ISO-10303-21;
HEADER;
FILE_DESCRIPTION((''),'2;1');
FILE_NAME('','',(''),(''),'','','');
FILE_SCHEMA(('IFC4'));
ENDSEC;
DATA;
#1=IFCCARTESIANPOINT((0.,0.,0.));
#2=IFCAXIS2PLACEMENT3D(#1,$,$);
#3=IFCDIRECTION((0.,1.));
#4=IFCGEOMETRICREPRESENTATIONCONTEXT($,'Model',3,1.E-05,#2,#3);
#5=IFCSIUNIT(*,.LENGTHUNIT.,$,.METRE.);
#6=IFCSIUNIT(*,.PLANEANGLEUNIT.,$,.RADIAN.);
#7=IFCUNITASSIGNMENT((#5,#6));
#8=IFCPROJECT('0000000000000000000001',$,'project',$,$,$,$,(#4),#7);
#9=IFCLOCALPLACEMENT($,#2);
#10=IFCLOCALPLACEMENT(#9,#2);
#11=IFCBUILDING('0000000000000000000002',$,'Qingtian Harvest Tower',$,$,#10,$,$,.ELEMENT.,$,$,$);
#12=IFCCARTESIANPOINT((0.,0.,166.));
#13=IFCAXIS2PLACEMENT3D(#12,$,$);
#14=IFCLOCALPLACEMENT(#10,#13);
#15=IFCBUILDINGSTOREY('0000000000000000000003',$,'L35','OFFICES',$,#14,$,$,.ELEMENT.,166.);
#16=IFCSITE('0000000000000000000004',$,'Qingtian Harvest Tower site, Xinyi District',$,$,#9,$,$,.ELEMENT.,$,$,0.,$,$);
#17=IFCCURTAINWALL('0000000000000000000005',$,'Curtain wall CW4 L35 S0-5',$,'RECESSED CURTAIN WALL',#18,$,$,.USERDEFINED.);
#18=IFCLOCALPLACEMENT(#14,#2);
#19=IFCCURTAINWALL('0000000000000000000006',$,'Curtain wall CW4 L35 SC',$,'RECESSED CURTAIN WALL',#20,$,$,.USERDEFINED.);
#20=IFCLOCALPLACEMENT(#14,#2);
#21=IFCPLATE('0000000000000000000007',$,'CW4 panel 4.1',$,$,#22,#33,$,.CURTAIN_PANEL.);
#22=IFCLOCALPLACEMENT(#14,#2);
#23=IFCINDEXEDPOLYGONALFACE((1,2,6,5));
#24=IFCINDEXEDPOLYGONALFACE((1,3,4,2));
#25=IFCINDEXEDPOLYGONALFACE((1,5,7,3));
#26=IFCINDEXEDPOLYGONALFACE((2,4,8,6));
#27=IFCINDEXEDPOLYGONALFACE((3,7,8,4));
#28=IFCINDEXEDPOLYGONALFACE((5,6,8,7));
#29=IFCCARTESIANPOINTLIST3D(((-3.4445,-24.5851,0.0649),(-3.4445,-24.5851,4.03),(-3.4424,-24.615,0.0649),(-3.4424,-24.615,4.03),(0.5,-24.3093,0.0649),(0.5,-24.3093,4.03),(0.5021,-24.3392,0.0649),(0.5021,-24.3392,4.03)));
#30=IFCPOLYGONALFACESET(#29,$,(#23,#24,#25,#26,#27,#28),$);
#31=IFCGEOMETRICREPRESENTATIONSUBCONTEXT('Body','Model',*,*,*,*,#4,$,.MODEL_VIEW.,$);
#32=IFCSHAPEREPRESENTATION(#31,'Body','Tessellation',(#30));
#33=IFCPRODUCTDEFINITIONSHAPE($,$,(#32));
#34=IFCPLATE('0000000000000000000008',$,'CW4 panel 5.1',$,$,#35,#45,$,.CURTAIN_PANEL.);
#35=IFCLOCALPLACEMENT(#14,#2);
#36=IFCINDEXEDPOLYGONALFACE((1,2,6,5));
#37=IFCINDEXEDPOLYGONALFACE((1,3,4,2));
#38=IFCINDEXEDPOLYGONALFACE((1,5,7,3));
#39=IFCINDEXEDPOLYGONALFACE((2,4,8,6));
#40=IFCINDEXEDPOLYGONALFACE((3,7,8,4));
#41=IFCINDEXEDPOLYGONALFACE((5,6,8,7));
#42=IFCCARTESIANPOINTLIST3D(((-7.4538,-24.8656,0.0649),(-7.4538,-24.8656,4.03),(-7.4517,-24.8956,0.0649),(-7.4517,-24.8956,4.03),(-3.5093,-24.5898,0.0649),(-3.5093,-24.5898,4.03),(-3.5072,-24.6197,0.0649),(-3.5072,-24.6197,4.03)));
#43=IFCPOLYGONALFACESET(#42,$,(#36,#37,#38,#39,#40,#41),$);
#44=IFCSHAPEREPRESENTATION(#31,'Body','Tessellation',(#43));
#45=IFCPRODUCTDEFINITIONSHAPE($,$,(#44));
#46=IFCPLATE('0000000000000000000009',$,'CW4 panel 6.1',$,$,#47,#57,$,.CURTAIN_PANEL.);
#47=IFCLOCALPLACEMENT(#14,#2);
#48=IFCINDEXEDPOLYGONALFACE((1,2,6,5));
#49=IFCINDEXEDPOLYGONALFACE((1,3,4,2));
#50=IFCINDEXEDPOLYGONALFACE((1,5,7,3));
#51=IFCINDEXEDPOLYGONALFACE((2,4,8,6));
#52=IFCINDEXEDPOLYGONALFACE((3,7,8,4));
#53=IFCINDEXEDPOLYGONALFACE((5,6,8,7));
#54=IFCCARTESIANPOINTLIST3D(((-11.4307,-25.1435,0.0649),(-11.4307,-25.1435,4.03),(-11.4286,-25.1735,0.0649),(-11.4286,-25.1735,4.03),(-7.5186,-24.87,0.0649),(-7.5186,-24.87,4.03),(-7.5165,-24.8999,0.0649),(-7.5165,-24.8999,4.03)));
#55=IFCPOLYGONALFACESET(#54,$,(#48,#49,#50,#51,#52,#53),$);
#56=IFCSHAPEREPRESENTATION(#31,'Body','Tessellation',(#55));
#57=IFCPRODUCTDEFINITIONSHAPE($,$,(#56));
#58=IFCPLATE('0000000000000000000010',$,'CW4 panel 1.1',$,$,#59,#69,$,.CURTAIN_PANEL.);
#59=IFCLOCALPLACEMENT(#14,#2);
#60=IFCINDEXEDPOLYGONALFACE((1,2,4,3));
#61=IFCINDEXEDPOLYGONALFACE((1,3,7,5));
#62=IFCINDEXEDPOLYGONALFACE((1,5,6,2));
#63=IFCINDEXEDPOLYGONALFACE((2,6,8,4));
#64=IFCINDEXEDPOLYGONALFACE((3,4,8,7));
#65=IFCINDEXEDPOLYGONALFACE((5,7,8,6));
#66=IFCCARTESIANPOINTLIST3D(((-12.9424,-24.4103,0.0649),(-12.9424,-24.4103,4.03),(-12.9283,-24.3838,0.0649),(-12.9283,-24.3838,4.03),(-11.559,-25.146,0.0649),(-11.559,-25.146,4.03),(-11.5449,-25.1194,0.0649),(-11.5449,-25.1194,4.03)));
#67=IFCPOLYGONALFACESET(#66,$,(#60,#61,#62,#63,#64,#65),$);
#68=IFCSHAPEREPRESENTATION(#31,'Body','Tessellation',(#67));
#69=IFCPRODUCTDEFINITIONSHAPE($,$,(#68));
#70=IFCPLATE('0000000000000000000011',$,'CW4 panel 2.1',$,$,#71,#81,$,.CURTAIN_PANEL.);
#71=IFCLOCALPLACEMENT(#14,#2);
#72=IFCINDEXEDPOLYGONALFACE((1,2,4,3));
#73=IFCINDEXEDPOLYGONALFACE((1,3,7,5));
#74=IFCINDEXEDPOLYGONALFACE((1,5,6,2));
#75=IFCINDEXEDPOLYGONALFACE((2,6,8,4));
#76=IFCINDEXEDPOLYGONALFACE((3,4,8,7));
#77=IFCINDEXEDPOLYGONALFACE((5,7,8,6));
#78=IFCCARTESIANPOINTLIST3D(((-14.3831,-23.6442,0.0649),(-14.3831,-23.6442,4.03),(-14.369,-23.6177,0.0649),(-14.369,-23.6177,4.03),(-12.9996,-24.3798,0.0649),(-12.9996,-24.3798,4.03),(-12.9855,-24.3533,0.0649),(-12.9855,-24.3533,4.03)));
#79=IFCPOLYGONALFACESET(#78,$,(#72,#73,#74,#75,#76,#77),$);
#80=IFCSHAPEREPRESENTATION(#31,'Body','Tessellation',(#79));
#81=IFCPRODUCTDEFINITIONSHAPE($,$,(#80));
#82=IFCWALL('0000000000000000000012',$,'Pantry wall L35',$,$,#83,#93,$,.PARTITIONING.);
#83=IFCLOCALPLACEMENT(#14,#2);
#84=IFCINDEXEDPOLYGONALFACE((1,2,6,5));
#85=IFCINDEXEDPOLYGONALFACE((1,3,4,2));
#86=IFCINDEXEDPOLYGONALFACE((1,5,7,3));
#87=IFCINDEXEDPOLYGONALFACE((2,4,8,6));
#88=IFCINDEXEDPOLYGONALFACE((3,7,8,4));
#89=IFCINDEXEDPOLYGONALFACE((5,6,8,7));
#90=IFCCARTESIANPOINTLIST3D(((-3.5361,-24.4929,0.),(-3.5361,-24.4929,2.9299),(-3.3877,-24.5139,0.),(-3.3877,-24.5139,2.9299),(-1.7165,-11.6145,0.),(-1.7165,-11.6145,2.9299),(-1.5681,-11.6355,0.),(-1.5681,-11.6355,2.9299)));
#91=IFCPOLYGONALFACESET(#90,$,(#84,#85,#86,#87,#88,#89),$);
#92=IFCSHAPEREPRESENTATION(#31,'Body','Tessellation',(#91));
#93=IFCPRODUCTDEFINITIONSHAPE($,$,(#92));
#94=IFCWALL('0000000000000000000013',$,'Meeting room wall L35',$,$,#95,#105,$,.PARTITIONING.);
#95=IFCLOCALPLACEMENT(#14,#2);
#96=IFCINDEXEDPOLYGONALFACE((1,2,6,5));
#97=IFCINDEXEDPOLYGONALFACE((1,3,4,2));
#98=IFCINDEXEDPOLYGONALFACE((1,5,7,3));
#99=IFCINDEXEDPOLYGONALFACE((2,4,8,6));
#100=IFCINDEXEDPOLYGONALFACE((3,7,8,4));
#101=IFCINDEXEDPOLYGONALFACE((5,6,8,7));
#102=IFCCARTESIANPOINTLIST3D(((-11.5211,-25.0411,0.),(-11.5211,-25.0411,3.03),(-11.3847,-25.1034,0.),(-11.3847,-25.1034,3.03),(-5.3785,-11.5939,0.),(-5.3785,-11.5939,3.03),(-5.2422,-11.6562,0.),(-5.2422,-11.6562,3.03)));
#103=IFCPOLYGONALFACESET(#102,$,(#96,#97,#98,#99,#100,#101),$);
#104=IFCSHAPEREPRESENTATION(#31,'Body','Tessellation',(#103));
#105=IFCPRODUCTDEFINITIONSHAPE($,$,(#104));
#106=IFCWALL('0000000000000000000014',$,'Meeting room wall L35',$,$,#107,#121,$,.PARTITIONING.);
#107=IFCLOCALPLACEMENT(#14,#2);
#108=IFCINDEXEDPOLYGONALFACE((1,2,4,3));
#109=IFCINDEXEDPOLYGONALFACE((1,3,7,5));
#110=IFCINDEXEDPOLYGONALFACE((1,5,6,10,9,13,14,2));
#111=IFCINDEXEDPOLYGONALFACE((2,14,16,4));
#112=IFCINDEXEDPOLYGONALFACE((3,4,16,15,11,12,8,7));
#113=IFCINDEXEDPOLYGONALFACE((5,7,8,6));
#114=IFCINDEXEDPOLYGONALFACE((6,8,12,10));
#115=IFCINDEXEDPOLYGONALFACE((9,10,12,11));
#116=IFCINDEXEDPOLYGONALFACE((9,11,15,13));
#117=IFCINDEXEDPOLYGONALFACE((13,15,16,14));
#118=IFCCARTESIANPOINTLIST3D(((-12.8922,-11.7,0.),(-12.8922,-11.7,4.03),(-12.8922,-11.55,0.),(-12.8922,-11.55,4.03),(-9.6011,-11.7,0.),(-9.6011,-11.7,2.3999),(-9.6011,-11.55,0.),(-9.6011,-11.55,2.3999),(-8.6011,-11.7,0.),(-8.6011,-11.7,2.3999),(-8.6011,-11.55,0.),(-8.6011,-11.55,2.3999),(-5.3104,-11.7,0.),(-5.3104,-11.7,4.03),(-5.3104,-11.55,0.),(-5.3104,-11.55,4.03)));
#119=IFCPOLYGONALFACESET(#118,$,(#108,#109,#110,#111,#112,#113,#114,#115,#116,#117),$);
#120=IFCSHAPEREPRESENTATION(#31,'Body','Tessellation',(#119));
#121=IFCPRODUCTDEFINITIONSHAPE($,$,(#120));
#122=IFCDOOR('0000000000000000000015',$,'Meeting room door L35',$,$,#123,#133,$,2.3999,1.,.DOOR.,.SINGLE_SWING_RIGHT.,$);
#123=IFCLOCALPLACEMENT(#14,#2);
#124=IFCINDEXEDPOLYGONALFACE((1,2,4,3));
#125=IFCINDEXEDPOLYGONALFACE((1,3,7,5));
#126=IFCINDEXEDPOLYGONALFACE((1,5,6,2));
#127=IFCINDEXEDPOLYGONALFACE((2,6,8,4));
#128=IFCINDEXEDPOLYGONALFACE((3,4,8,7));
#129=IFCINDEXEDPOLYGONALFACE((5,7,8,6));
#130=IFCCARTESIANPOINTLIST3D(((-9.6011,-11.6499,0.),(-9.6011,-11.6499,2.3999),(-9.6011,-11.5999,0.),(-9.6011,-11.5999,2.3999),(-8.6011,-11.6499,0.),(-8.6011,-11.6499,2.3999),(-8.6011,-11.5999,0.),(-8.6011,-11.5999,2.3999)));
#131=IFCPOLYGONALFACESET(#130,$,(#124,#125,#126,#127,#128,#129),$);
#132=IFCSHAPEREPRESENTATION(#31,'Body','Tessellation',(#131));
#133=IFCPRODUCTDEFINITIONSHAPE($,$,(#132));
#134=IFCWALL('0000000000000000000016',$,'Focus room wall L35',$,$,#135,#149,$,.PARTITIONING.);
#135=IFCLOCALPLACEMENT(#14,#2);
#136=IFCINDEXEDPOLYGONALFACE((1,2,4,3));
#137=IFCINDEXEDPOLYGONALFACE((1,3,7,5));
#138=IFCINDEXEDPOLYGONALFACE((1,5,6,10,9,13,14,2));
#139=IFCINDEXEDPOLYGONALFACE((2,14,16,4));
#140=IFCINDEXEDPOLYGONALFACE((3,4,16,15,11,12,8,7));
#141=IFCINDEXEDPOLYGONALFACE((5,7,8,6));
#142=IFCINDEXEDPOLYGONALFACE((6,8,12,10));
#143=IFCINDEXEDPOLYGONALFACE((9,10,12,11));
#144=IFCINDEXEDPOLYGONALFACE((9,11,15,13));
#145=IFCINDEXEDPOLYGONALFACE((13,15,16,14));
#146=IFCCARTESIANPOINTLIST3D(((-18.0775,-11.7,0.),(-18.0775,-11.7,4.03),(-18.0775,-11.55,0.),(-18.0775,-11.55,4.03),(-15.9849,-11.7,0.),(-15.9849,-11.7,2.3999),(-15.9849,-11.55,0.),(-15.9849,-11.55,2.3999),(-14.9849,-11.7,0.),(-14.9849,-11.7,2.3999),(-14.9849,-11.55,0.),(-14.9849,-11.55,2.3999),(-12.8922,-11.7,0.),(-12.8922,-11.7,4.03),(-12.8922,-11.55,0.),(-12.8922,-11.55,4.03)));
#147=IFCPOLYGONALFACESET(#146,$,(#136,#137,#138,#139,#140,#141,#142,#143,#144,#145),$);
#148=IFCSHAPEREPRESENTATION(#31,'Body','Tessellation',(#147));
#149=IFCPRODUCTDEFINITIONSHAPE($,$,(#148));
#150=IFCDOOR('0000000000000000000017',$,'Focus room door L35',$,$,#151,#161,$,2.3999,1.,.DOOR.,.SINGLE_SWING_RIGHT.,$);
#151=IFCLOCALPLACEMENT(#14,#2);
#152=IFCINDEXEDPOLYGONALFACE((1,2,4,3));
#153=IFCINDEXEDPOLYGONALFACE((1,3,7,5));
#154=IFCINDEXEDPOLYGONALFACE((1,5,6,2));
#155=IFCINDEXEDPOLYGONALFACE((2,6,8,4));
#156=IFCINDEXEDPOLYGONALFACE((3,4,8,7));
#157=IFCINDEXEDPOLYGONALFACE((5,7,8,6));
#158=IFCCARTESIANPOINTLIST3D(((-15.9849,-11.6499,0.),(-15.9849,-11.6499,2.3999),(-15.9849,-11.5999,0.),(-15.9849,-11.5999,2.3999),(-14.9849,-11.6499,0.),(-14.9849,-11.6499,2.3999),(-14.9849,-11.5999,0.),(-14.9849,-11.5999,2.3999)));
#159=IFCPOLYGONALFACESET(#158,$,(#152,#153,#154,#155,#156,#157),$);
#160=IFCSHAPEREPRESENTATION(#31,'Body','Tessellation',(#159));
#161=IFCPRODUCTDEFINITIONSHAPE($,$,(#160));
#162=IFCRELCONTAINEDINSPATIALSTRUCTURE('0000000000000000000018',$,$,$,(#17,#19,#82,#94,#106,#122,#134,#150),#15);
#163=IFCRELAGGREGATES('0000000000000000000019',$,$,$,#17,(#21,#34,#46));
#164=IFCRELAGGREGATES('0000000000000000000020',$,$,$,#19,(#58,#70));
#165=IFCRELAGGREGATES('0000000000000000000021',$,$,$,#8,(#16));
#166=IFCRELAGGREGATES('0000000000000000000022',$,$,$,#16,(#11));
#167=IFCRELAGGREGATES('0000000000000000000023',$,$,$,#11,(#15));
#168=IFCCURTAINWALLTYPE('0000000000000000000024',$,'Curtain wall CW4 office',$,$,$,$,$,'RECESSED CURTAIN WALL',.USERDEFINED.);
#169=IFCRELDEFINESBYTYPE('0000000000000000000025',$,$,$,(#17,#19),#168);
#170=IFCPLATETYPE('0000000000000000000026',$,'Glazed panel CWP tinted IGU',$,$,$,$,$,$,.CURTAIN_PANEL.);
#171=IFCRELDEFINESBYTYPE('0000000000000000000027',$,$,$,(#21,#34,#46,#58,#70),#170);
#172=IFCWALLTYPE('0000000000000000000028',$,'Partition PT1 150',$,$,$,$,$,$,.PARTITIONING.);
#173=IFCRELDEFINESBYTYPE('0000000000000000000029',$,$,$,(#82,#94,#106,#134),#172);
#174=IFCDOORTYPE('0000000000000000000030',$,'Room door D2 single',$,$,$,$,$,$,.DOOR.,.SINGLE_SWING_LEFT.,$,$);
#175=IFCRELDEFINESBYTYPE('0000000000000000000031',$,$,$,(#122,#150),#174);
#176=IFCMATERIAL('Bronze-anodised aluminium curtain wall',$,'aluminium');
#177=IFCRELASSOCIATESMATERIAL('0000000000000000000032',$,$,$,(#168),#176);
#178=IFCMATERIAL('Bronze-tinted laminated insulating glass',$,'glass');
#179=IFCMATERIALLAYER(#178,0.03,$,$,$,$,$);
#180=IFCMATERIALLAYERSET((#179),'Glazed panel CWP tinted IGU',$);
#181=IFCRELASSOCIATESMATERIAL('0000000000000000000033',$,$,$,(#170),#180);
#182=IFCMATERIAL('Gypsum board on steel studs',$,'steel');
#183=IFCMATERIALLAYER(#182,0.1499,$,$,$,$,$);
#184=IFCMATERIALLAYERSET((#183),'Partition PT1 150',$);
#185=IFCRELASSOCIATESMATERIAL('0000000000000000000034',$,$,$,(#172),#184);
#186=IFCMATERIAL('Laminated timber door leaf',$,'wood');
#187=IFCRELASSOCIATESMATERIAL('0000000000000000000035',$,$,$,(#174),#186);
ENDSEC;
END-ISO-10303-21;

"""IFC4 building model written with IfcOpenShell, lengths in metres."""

from ifc_helpers import new_model, si_unit, direction, frame, frame_2d, origin, origin_2d, place, context, subcontext, project, spatial, rectangle, extrude, material, layer, layer_set, type_object, element, fill, aggregate, save


model = new_model("IFC4")

# Units and contexts
model_context = context("Model", 3, precision=1e-05, world=origin(), true_north=direction((0.0, 1.0)))
body_context = subcontext(model_context, "Body", "Model", "MODEL_VIEW")
ifc_project = project(units=[si_unit("LENGTHUNIT", "METRE"), si_unit("PLANEANGLEUNIT", "RADIAN")], contexts=[model_context])

# Site, building, storey
site_placement = place(None, origin())
site = spatial("IfcSite", under=ifc_project, at=site_placement, Name="Qingtian Harvest Tower site, Xinyi District", CompositionType="ELEMENT", RefElevation=0.0)
building_placement = place(site_placement, origin())
building = spatial("IfcBuilding", under=site, at=building_placement, Name="Qingtian Harvest Tower", CompositionType="ELEMENT")
storey_placement = place(building_placement, frame((0.0, 0.0, 166.0)))
storey = spatial("IfcBuildingStorey", under=building, at=storey_placement, Name="L35", Description="OFFICES", CompositionType="ELEMENT", Elevation=166.0)

# Curtain walls
ifc_material_1 = material(Name="Bronze-anodised aluminium curtain wall", Category="aluminium")
curtain_wall_type = type_object("IfcCurtainWallType", Name="Curtain wall CW4 office", ElementType="RECESSED CURTAIN WALL", PredefinedType="USERDEFINED", material=ifc_material_1)
curtain_wall_1_placement = place(storey_placement, origin())
curtain_wall_1 = element("IfcCurtainWall", 1, at=curtain_wall_1_placement, inside=storey, type_object=curtain_wall_type, Name="Curtain wall CW4 L35 S0-5", ObjectType="RECESSED CURTAIN WALL", PredefinedType="USERDEFINED")
curtain_wall_2_placement = place(storey_placement, origin())
curtain_wall_2 = element("IfcCurtainWall", 2, at=curtain_wall_2_placement, inside=storey, type_object=curtain_wall_type, Name="Curtain wall CW4 L35 SC", ObjectType="RECESSED CURTAIN WALL", PredefinedType="USERDEFINED")

# Plates
ifc_material_2 = material(Name="Bronze-tinted laminated insulating glass", Category="glass")
ifc_layer_1 = layer(ifc_material_2, 0.03)
ifc_layer_set_1 = layer_set([ifc_layer_1], Name="Glazed panel CWP tinted IGU")
plate_type = type_object("IfcPlateType", Name="Glazed panel CWP tinted IGU", PredefinedType="CURTAIN_PANEL", material=ifc_layer_set_1)
plate_1_placement = place(storey_placement, frame((-1.4712, -24.4622, 0.0649), z_axis=(0.0, 0.0, 1.0), x_axis=(-0.997564, -0.069756, 0.0)))
plate_1 = element("IfcPlate", 3, at=plate_1_placement, type_object=plate_type, Name="CW4 panel 4.1", PredefinedType="CURTAIN_PANEL", context=body_context, shape_type="SweptSolid", body=[
    extrude(rectangle(XDim=3.9541, YDim=0.03, at=origin_2d()), origin(), (0.0, 0.0, 1.0), 3.9651),
])
plate_2_placement = place(storey_placement, frame((-5.4805, -24.7427, 0.0649), z_axis=(0.0, 0.0, 1.0), x_axis=(-0.997564, -0.069756, 0.0)))
plate_2 = element("IfcPlate", 4, at=plate_2_placement, type_object=plate_type, Name="CW4 panel 5.1", PredefinedType="CURTAIN_PANEL", context=body_context, shape_type="SweptSolid", body=[
    extrude(rectangle(XDim=3.9541, YDim=0.03, at=origin_2d()), origin(), (0.0, 0.0, 1.0), 3.9651),
])
plate_3_placement = place(storey_placement, frame((-9.4736, -25.0217, 0.0649), z_axis=(0.0, 0.0, 1.0), x_axis=(-0.997564, -0.069756, 0.0)))
plate_3 = element("IfcPlate", 5, at=plate_3_placement, type_object=plate_type, Name="CW4 panel 6.1", PredefinedType="CURTAIN_PANEL", context=body_context, shape_type="SweptSolid", body=[
    extrude(rectangle(XDim=3.9216, YDim=0.03, at=origin_2d()), origin(), (0.0, 0.0, 1.0), 3.9651),
])
aggregate(curtain_wall_1, [plate_1, plate_2, plate_3])
plate_4_placement = place(storey_placement, frame((-12.2437, -24.7649, 0.0649), z_axis=(0.0, 0.0, 1.0), x_axis=(-0.882948, 0.469472, 0.0)))
plate_4 = element("IfcPlate", 6, at=plate_4_placement, type_object=plate_type, Name="CW4 panel 1.1", PredefinedType="CURTAIN_PANEL", context=body_context, shape_type="SweptSolid", body=[
    extrude(rectangle(XDim=1.5669, YDim=0.03, at=origin_2d()), origin(), (0.0, 0.0, 1.0), 3.9651),
])
plate_5_placement = place(storey_placement, frame((-13.6843, -23.9988, 0.0649), z_axis=(0.0, 0.0, 1.0), x_axis=(-0.882948, 0.469472, 0.0)))
plate_5 = element("IfcPlate", 7, at=plate_5_placement, type_object=plate_type, Name="CW4 panel 2.1", PredefinedType="CURTAIN_PANEL", context=body_context, shape_type="SweptSolid", body=[
    extrude(rectangle(XDim=1.5669, YDim=0.03, at=origin_2d()), origin(), (0.0, 0.0, 1.0), 3.9651),
])
aggregate(curtain_wall_2, [plate_4, plate_5])

# Walls
ifc_material_3 = material(Name="Gypsum board on steel studs", Category="steel")
ifc_layer_2 = layer(ifc_material_3, 0.1499)
ifc_layer_set_2 = layer_set([ifc_layer_2], Name="Partition PT1 150")
wall_type = type_object("IfcWallType", Name="Partition PT1 150", PredefinedType="PARTITIONING", material=ifc_layer_set_2)
wall_1_placement = place(storey_placement, frame((-3.4619, -24.5034, 0.0), z_axis=(0.0, 0.0, 1.0), x_axis=(0.1399, 0.990166, 0.0)))
element("IfcWall", 8, at=wall_1_placement, inside=storey, type_object=wall_type, Name="Pantry wall L35", PredefinedType="PARTITIONING", context=body_context, shape_type="SweptSolid", body=[
    extrude(rectangle(XDim=13.0063, YDim=0.1499, at=frame_2d((6.5032, 0.0))), origin(), (0.0, 0.0, 1.0), 2.9299),
])
wall_2_placement = place(storey_placement, frame((-11.4529, -25.0723, 0.0), z_axis=(0.0, 0.0, 1.0), x_axis=(0.415494, 0.909596, 0.0)))
element("IfcWall", 9, at=wall_2_placement, inside=storey, type_object=wall_type, Name="Meeting room wall L35", PredefinedType="PARTITIONING", context=body_context, shape_type="SweptSolid", body=[
    extrude(rectangle(XDim=14.7837, YDim=0.1499, at=frame_2d((7.3918, 0.0))), origin(), (0.0, 0.0, 1.0), 3.03),
])

# Walls, openings, doors
wall_3_placement = place(storey_placement, frame((-5.3103, -11.625, 0.0), z_axis=(0.0, 0.0, 1.0), x_axis=(-1.0, 0.0, 0.0)))
wall_3 = element("IfcWall", 10, at=wall_3_placement, inside=storey, type_object=wall_type, Name="Meeting room wall L35", PredefinedType="PARTITIONING", context=body_context, shape_type="SweptSolid", body=[
    extrude(rectangle(XDim=7.5818, YDim=0.1499, at=frame_2d((3.791, 0.0))), origin(), (0.0, 0.0, 1.0), 4.03),
])
opening_1_placement = place(wall_3_placement, frame((3.2908, 0.0, 0.0)))
opening_1 = element("IfcOpeningElement", 11, at=opening_1_placement, cuts=wall_3, PredefinedType="OPENING", context=body_context, shape_type="SweptSolid", body=[
    extrude(rectangle(XDim=1.0, YDim=2.3999, at=frame_2d((0.5, 1.2))), frame((0.0, 0.085, 0.0), z_axis=(0.0, -1.0, 0.0), x_axis=(1.0, 0.0, 0.0)), (0.0, 0.0, 1.0), 0.1699),
])
ifc_material_4 = material(Name="Laminated timber door leaf", Category="wood")
door_type = type_object("IfcDoorType", Name="Room door D2 single", OperationType="SINGLE_SWING_LEFT", PredefinedType="DOOR", material=ifc_material_4)
door_1_placement = place(opening_1_placement, origin())
door_1 = element("IfcDoor", 12, at=door_1_placement, inside=storey, type_object=door_type, Name="Meeting room door L35", OperationType="SINGLE_SWING_RIGHT", OverallHeight=2.3999, OverallWidth=1.0, PredefinedType="DOOR", context=body_context, shape_type="SweptSolid", body=[
    extrude(rectangle(XDim=1.0, YDim=2.3999, at=frame_2d((0.5, 1.2))), frame((0.0, 0.0249, 0.0), z_axis=(0.0, -1.0, 0.0), x_axis=(1.0, 0.0, 0.0)), (0.0, 0.0, 1.0), 0.05),
])
fill(opening_1, door_1)
wall_4_placement = place(storey_placement, frame((-12.8921, -11.625, 0.0), z_axis=(0.0, 0.0, 1.0), x_axis=(-1.0, 0.0, 0.0)))
wall_4 = element("IfcWall", 13, at=wall_4_placement, inside=storey, type_object=wall_type, Name="Focus room wall L35", PredefinedType="PARTITIONING", context=body_context, shape_type="SweptSolid", body=[
    extrude(rectangle(XDim=5.1853, YDim=0.1499, at=frame_2d((2.5928, 0.0))), origin(), (0.0, 0.0, 1.0), 4.03),
])
opening_2_placement = place(wall_4_placement, frame((2.0928, 0.0, 0.0)))
opening_2 = element("IfcOpeningElement", 14, at=opening_2_placement, cuts=wall_4, PredefinedType="OPENING", context=body_context, shape_type="SweptSolid", body=[
    extrude(rectangle(XDim=1.0, YDim=2.3999, at=frame_2d((0.5, 1.2))), frame((0.0, 0.085, 0.0), z_axis=(0.0, -1.0, 0.0), x_axis=(1.0, 0.0, 0.0)), (0.0, 0.0, 1.0), 0.1699),
])
door_2_placement = place(opening_2_placement, origin())
door_2 = element("IfcDoor", 15, at=door_2_placement, inside=storey, type_object=door_type, Name="Focus room door L35", OperationType="SINGLE_SWING_RIGHT", OverallHeight=2.3999, OverallWidth=1.0, PredefinedType="DOOR", context=body_context, shape_type="SweptSolid", body=[
    extrude(rectangle(XDim=1.0, YDim=2.3999, at=frame_2d((0.5, 1.2))), frame((0.0, 0.0249, 0.0), z_axis=(0.0, -1.0, 0.0), x_axis=(1.0, 0.0, 0.0)), (0.0, 0.0, 1.0), 0.05),
])
fill(opening_2, door_2)

save(model, "model.ifc")
